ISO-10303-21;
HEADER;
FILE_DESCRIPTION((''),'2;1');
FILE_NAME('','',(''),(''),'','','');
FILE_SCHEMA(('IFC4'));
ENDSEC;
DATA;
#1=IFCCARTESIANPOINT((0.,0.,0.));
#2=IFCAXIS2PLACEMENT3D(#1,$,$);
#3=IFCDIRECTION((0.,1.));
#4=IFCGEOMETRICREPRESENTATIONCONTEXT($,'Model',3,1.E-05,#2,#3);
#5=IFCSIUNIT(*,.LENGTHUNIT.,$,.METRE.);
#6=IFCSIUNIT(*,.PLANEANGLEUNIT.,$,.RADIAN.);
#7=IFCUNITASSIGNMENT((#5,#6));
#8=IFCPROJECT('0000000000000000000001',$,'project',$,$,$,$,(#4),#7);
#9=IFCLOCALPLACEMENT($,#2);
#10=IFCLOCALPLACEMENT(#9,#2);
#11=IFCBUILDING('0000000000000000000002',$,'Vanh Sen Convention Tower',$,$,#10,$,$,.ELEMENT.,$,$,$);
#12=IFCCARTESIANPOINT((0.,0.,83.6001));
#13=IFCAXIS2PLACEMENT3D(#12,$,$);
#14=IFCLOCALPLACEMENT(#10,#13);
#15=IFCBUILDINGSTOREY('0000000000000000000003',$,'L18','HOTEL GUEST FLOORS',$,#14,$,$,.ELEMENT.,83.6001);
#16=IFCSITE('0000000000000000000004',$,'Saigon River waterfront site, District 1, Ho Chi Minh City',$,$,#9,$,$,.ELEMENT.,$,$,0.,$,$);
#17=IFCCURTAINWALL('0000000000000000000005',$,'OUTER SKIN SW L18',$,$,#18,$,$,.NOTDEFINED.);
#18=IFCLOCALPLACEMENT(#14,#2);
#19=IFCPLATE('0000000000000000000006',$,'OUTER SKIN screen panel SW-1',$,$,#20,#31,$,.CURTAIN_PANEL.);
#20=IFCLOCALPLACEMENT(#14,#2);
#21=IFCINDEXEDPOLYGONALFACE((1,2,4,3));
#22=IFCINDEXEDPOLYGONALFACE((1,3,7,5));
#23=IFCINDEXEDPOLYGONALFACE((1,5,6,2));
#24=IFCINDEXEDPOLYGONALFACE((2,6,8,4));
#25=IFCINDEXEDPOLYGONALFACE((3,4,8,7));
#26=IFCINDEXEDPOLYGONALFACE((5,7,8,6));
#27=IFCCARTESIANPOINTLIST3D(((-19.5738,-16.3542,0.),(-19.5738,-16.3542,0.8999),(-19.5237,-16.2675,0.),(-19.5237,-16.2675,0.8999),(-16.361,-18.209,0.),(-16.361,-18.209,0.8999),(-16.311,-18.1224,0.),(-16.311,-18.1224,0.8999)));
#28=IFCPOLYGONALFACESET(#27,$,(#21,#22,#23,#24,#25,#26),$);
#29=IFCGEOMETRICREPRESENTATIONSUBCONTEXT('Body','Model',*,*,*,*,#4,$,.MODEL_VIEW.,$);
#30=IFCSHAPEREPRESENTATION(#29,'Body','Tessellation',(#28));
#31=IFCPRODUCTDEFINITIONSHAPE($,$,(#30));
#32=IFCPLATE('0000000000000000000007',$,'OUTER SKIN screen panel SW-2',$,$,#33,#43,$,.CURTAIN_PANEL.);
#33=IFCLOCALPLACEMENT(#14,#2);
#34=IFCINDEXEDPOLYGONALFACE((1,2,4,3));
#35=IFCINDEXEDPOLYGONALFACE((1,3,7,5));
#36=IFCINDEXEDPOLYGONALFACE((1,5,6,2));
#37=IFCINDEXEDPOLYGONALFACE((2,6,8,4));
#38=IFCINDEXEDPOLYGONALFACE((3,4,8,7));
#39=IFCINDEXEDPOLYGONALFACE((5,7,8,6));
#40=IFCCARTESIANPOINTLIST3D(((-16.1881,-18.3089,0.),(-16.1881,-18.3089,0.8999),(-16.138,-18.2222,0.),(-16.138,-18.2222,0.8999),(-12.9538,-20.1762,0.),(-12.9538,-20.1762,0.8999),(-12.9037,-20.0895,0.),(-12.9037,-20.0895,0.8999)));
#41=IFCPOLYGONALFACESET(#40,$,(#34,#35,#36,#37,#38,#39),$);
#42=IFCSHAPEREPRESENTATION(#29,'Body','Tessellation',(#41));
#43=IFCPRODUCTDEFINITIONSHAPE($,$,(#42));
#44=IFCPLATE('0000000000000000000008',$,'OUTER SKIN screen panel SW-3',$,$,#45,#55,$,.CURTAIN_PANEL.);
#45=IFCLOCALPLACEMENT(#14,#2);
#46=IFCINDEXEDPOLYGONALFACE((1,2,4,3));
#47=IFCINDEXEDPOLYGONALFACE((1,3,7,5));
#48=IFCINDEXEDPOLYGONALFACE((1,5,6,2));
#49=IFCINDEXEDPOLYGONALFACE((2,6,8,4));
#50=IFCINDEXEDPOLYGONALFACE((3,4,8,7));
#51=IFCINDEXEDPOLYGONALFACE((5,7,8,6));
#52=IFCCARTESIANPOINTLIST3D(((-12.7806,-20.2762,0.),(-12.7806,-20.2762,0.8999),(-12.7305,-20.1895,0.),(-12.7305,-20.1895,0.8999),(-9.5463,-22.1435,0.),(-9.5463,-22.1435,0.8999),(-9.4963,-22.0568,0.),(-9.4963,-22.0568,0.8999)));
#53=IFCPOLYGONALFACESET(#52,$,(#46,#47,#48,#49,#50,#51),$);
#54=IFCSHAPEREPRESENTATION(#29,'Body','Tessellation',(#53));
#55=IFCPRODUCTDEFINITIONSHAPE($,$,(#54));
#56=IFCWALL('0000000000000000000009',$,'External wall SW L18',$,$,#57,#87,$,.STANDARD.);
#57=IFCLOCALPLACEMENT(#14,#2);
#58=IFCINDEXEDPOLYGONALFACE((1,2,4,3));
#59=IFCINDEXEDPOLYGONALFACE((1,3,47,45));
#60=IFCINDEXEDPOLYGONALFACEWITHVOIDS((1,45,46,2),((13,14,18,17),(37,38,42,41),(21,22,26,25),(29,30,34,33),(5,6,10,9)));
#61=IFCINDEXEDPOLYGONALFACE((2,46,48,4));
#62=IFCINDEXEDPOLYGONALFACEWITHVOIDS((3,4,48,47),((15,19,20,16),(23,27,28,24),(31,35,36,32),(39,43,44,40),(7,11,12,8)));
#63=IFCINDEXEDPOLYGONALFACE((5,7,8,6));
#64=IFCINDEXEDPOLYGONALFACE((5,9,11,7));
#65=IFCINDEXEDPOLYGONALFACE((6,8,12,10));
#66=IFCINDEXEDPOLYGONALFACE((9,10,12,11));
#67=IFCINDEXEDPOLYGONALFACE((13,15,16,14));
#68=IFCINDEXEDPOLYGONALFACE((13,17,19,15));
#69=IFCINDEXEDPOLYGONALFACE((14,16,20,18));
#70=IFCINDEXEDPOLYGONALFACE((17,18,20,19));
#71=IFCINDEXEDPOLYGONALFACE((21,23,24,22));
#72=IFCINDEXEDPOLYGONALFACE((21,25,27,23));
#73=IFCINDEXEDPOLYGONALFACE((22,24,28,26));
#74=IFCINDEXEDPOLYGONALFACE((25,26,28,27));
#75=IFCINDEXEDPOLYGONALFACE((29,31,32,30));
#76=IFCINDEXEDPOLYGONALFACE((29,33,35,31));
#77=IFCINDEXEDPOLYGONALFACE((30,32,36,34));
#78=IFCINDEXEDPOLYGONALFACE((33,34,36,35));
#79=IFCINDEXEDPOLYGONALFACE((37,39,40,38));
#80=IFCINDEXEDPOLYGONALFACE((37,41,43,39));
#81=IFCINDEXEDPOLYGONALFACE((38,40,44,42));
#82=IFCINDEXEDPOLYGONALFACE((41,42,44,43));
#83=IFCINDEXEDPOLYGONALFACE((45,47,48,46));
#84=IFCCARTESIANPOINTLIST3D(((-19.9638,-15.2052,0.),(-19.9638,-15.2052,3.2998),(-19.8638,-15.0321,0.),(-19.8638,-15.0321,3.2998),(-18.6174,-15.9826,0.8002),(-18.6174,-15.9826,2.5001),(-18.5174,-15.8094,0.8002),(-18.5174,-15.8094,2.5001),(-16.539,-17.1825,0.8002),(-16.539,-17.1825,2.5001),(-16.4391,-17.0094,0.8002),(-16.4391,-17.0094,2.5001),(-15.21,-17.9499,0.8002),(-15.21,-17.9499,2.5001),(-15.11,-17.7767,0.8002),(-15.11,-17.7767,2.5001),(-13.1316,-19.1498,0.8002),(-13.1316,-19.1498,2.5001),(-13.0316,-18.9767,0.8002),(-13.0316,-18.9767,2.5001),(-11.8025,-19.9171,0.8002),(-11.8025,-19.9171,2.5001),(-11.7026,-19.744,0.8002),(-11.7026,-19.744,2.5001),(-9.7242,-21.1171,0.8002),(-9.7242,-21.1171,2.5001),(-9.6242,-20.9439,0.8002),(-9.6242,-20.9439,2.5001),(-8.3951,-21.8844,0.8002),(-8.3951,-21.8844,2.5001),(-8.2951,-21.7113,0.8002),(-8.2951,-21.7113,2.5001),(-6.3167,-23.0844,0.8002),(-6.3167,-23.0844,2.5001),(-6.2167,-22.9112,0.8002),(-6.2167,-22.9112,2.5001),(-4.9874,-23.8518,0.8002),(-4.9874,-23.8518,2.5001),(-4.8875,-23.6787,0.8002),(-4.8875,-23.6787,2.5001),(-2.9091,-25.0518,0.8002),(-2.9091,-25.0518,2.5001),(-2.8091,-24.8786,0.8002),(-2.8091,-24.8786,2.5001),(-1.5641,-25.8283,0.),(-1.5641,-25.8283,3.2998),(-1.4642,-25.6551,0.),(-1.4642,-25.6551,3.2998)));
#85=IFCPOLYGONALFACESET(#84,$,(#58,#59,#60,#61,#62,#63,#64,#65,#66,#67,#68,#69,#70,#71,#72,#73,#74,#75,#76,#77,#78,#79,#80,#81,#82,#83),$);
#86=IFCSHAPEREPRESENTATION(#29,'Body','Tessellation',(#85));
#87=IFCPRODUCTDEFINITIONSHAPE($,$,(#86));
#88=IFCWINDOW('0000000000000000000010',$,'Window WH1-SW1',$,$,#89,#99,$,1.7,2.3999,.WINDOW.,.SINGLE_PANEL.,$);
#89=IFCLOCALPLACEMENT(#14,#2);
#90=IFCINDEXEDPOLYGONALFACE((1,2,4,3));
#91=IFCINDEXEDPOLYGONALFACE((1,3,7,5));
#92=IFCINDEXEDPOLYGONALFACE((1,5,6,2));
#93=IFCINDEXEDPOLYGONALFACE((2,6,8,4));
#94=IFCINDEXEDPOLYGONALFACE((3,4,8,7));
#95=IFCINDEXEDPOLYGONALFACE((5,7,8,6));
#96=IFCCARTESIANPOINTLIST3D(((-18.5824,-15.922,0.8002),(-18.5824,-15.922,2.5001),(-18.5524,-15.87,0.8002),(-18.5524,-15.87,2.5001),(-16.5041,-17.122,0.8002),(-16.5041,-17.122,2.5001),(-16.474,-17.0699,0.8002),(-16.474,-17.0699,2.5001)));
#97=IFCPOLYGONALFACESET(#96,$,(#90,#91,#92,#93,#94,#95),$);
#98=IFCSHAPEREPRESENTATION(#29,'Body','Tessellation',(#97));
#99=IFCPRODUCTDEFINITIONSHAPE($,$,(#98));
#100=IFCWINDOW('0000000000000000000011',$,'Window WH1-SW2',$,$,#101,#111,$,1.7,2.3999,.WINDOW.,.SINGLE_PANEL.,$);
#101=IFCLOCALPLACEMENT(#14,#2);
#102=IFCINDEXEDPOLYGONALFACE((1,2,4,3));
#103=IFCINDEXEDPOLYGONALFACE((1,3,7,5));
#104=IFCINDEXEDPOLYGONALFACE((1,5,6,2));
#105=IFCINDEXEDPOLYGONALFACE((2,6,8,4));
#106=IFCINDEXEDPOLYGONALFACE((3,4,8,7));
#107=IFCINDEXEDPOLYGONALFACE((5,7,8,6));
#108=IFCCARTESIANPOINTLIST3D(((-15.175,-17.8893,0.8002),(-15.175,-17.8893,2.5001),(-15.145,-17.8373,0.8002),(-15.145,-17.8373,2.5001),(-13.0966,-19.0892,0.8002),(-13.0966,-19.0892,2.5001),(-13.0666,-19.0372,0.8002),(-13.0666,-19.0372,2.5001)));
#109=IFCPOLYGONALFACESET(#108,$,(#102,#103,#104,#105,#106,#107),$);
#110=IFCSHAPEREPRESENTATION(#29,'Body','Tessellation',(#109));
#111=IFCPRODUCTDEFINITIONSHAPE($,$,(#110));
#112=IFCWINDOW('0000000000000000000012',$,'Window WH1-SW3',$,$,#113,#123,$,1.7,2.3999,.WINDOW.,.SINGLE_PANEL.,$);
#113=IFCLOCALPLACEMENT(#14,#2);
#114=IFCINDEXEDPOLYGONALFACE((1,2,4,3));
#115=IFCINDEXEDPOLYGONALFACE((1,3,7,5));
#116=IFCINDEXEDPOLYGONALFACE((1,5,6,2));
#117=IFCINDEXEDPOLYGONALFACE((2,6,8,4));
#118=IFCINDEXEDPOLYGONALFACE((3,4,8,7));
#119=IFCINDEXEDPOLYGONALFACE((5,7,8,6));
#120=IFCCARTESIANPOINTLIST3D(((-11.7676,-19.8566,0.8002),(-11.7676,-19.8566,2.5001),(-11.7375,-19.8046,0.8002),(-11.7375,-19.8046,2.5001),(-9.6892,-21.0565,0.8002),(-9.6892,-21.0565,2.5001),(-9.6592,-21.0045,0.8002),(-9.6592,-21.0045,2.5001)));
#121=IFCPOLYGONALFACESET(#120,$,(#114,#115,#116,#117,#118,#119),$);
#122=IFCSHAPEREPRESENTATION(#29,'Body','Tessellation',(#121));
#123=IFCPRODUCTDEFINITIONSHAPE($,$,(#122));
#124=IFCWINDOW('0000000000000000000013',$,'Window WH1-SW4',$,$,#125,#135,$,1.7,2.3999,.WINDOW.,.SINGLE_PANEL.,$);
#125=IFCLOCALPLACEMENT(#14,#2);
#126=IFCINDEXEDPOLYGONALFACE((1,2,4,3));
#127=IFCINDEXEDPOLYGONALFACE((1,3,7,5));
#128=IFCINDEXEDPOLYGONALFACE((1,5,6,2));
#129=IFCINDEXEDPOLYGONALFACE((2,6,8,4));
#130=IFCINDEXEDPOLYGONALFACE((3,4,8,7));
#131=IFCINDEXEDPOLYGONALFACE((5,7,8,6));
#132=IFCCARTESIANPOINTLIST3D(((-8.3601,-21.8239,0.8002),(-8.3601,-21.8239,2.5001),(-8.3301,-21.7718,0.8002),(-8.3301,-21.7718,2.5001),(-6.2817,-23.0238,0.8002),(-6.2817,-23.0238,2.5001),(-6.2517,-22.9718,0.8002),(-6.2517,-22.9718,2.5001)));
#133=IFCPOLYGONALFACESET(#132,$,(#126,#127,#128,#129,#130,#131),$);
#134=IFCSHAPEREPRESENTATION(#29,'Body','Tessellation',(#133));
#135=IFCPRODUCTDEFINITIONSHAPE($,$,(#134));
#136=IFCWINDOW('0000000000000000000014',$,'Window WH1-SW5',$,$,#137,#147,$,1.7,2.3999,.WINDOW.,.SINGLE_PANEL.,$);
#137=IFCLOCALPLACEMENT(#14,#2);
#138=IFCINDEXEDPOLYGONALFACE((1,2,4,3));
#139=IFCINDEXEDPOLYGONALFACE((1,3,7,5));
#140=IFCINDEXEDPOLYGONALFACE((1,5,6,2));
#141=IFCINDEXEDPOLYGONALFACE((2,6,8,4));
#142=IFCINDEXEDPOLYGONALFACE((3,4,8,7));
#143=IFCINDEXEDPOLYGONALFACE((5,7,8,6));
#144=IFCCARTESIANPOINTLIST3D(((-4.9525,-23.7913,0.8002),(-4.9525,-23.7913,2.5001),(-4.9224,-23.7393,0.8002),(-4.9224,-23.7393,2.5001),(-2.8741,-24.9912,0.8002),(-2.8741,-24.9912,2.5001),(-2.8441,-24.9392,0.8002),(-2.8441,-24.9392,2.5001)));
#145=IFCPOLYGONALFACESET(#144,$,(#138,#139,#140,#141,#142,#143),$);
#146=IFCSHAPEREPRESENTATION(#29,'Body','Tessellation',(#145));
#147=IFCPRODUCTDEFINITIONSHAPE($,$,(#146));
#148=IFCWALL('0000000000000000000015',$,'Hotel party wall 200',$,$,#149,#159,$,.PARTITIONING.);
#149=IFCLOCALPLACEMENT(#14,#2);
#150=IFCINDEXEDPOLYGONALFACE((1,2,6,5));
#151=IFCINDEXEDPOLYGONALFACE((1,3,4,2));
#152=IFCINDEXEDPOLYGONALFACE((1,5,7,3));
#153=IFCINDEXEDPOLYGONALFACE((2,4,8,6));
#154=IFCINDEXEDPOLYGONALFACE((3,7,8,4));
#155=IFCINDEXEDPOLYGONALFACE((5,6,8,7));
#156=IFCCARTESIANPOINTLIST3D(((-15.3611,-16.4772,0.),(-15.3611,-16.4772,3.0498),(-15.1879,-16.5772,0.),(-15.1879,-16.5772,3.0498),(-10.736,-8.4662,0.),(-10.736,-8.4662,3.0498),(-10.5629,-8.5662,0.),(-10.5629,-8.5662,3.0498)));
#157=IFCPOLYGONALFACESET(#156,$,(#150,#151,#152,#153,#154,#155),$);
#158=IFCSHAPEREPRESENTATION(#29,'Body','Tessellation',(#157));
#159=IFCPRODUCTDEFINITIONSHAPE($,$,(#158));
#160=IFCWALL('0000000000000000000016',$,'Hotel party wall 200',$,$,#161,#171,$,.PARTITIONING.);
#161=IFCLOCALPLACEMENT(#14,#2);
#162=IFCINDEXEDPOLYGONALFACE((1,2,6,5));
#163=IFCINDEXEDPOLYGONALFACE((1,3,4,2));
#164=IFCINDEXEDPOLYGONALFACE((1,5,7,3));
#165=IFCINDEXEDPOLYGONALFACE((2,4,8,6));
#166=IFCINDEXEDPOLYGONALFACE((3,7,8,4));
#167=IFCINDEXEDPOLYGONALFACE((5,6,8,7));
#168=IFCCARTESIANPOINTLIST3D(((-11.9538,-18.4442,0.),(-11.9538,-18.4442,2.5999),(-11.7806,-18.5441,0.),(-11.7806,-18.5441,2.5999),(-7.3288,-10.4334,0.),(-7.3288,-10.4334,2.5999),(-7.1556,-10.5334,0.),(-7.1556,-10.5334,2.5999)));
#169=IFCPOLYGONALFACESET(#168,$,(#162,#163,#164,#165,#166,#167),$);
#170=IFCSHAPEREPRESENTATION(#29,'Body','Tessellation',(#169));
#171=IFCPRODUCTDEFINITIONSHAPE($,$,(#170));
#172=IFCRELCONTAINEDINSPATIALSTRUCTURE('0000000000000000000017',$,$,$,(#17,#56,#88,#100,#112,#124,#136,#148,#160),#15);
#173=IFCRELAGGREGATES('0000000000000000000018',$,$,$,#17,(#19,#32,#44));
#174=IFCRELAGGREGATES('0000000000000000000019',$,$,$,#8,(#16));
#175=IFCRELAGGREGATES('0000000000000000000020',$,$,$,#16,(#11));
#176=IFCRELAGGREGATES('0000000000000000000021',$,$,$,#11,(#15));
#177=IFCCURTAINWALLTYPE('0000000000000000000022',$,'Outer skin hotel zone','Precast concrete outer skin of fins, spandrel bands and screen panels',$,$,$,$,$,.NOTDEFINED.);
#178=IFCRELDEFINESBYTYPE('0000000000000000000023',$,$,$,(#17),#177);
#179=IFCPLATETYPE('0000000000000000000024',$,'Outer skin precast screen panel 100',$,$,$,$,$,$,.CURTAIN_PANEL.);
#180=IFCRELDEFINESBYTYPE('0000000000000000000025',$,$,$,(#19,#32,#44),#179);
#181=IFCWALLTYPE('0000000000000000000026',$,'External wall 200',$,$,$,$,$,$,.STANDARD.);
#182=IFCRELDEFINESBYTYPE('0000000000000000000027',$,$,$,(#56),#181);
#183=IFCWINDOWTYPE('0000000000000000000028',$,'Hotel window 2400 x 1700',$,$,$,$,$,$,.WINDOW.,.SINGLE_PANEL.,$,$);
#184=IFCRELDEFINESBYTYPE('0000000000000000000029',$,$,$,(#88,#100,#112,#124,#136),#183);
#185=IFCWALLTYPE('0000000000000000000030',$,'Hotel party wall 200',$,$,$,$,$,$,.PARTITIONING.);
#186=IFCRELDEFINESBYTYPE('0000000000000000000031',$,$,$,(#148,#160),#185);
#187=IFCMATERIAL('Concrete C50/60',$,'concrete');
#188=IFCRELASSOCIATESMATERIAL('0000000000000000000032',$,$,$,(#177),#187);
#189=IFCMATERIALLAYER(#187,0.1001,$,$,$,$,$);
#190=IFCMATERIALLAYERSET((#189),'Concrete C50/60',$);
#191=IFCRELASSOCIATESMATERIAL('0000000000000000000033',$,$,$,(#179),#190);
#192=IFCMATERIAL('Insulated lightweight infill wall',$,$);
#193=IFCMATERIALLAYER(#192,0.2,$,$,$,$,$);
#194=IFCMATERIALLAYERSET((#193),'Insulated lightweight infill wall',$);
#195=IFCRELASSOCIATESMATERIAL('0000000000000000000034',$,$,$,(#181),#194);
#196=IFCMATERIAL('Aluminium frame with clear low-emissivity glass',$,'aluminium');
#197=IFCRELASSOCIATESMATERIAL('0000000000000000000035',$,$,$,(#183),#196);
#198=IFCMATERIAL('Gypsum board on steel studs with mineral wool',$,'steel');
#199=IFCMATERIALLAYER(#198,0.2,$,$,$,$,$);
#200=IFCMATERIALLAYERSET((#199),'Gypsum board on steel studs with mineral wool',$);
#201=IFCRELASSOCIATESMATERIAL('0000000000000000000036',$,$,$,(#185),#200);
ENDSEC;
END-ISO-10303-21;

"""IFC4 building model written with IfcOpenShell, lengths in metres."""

from ifc_helpers import new_model, si_unit, direction, frame, frame_2d, origin, origin_2d, place, context, subcontext, project, spatial, rectangle, extrude, material, layer, layer_set, type_object, element, fill, aggregate, save


model = new_model("IFC4")

# Units and contexts
model_context = context("Model", 3, precision=1e-05, world=origin(), true_north=direction((0.0, 1.0)))
body_context = subcontext(model_context, "Body", "Model", "MODEL_VIEW")
ifc_project = project(units=[si_unit("LENGTHUNIT", "METRE"), si_unit("PLANEANGLEUNIT", "RADIAN")], contexts=[model_context])

# Site, building, storey
site_placement = place(None, origin())
site = spatial("IfcSite", under=ifc_project, at=site_placement, Name="Saigon River waterfront site, District 1, Ho Chi Minh City", CompositionType="ELEMENT", RefElevation=0.0)
building_placement = place(site_placement, origin())
building = spatial("IfcBuilding", under=site, at=building_placement, Name="Vanh Sen Convention Tower", CompositionType="ELEMENT")
storey_placement = place(building_placement, frame((0.0, 0.0, 83.6001)))
storey = spatial("IfcBuildingStorey", under=building, at=storey_placement, Name="L18", Description="HOTEL GUEST FLOORS", CompositionType="ELEMENT", Elevation=83.6001)

# Curtain wall
ifc_material_1 = material(Name="Concrete C50/60", Category="concrete")
curtain_wall_type = type_object("IfcCurtainWallType", Name="Outer skin hotel zone", Description="Precast concrete outer skin of fins, spandrel bands and screen panels", PredefinedType="NOTDEFINED", material=ifc_material_1)
curtain_wall_1_placement = place(storey_placement, origin())
curtain_wall_1 = element("IfcCurtainWall", 1, at=curtain_wall_1_placement, inside=storey, type_object=curtain_wall_type, Name="OUTER SKIN SW L18", PredefinedType="NOTDEFINED")

# Shared definitions
ifc_layer_1 = layer(ifc_material_1, 0.1001)
ifc_layer_set_1 = layer_set([ifc_layer_1], Name="Concrete C50/60")
plate_type = type_object("IfcPlateType", Name="Outer skin precast screen panel 100", PredefinedType="CURTAIN_PANEL", material=ifc_layer_set_1)

# Plates
plate_1_placement = place(storey_placement, frame((-17.9424, -17.2383, 0.0), z_axis=(0.0, 0.0, 1.0), x_axis=(0.866028, -0.499995, 0.0)))
plate_1 = element("IfcPlate", 2, at=plate_1_placement, type_object=plate_type, Name="OUTER SKIN screen panel SW-1", PredefinedType="CURTAIN_PANEL", context=body_context, shape_type="SweptSolid", body=[
    extrude(rectangle(XDim=3.7097, YDim=0.1001, at=origin_2d()), origin(), (0.0, 0.0, 1.0), 0.8999),
])
plate_2_placement = place(storey_placement, frame((-14.5459, -19.1992, 0.0), z_axis=(0.0, 0.0, 1.0), x_axis=(0.866032, -0.499988, 0.0)))
plate_2 = element("IfcPlate", 3, at=plate_2_placement, type_object=plate_type, Name="OUTER SKIN screen panel SW-2", PredefinedType="CURTAIN_PANEL", context=body_context, shape_type="SweptSolid", body=[
    extrude(rectangle(XDim=3.7346, YDim=0.1001, at=origin_2d()), origin(), (0.0, 0.0, 1.0), 0.8999),
])
plate_3_placement = place(storey_placement, frame((-11.1384, -21.1665, 0.0), z_axis=(0.0, 0.0, 1.0), x_axis=(0.866028, -0.499995, 0.0)))
plate_3 = element("IfcPlate", 4, at=plate_3_placement, type_object=plate_type, Name="OUTER SKIN screen panel SW-3", PredefinedType="CURTAIN_PANEL", context=body_context, shape_type="SweptSolid", body=[
    extrude(rectangle(XDim=3.7346, YDim=0.1001, at=origin_2d()), origin(), (0.0, 0.0, 1.0), 0.8999),
])
aggregate(curtain_wall_1, [plate_1, plate_2, plate_3])

# Wall, openings, windows
ifc_material_2 = material(Name="Insulated lightweight infill wall")
ifc_layer_2 = layer(ifc_material_2, 0.2)
ifc_layer_set_2 = layer_set([ifc_layer_2], Name="Insulated lightweight infill wall")
wall_type_1 = type_object("IfcWallType", Name="External wall 200", PredefinedType="STANDARD", material=ifc_layer_set_2)
wall_1_placement = place(storey_placement, frame((-19.9138, -15.1187, 0.0), z_axis=(0.0, 0.0, 1.0), x_axis=(0.866025, -0.5, 0.0)))
wall_1 = element("IfcWall", 5, at=wall_1_placement, inside=storey, type_object=wall_type_1, Name="External wall SW L18", PredefinedType="STANDARD", context=body_context, shape_type="SweptSolid", body=[
    extrude(rectangle(XDim=21.2461, YDim=0.2, at=frame_2d((10.623, 0.0))), origin(), (0.0, 0.0, 1.0), 3.2998),
])
opening_1_placement = place(wall_1_placement, frame((1.5547, 0.0, 0.8)))
opening_1 = element("IfcOpeningElement", 6, at=opening_1_placement, cuts=wall_1, PredefinedType="OPENING", context=body_context, shape_type="SweptSolid", body=[
    extrude(rectangle(XDim=2.3999, YDim=1.7, at=frame_2d((1.2, 0.8501))), frame((0.0, 0.1099, 0.0), z_axis=(0.0, -1.0, 0.0), x_axis=(1.0, 0.0, 0.0)), (0.0, 0.0, 1.0), 0.22),
])
opening_2_placement = place(wall_1_placement, frame((5.4893, 0.0, 0.8)))
opening_2 = element("IfcOpeningElement", 7, at=opening_2_placement, cuts=wall_1, PredefinedType="OPENING", context=body_context, shape_type="SweptSolid", body=[
    extrude(rectangle(XDim=2.3999, YDim=1.7, at=frame_2d((1.2, 0.8501))), frame((0.0, 0.1099, 0.0), z_axis=(0.0, -1.0, 0.0), x_axis=(1.0, 0.0, 0.0)), (0.0, 0.0, 1.0), 0.22),
])
opening_3_placement = place(wall_1_placement, frame((9.4238, 0.0, 0.8)))
opening_3 = element("IfcOpeningElement", 8, at=opening_3_placement, cuts=wall_1, PredefinedType="OPENING", context=body_context, shape_type="SweptSolid", body=[
    extrude(rectangle(XDim=2.3999, YDim=1.7, at=frame_2d((1.2, 0.8501))), frame((0.0, 0.1099, 0.0), z_axis=(0.0, -1.0, 0.0), x_axis=(1.0, 0.0, 0.0)), (0.0, 0.0, 1.0), 0.22),
])
opening_4_placement = place(wall_1_placement, frame((13.3584, 0.0, 0.8)))
opening_4 = element("IfcOpeningElement", 9, at=opening_4_placement, cuts=wall_1, PredefinedType="OPENING", context=body_context, shape_type="SweptSolid", body=[
    extrude(rectangle(XDim=2.3999, YDim=1.7, at=frame_2d((1.2, 0.8501))), frame((0.0, 0.1099, 0.0), z_axis=(0.0, -1.0, 0.0), x_axis=(1.0, 0.0, 0.0)), (0.0, 0.0, 1.0), 0.22),
])
opening_5_placement = place(wall_1_placement, frame((17.2932, 0.0, 0.8)))
opening_5 = element("IfcOpeningElement", 10, at=opening_5_placement, cuts=wall_1, PredefinedType="OPENING", context=body_context, shape_type="SweptSolid", body=[
    extrude(rectangle(XDim=2.3999, YDim=1.7, at=frame_2d((1.2, 0.8501))), frame((0.0, 0.1099, 0.0), z_axis=(0.0, -1.0, 0.0), x_axis=(1.0, 0.0, 0.0)), (0.0, 0.0, 1.0), 0.22),
])
ifc_material_3 = material(Name="Aluminium frame with clear low-emissivity glass", Category="aluminium")
window_type = type_object("IfcWindowType", Name="Hotel window 2400 x 1700", PartitioningType="SINGLE_PANEL", PredefinedType="WINDOW", material=ifc_material_3)
window_1_placement = place(opening_1_placement, origin())
window_1 = element("IfcWindow", 11, at=window_1_placement, inside=storey, type_object=window_type, Name="Window WH1-SW1", OverallHeight=1.7, OverallWidth=2.3999, PartitioningType="SINGLE_PANEL", PredefinedType="WINDOW", context=body_context, shape_type="SweptSolid", body=[
    extrude(rectangle(XDim=2.3999, YDim=1.7, at=frame_2d((1.2, 0.8501))), frame((0.0, 0.03, 0.0), z_axis=(0.0, -1.0, 0.0), x_axis=(1.0, 0.0, 0.0)), (0.0, 0.0, 1.0), 0.0601),
])
fill(opening_1, window_1)
window_2_placement = place(opening_2_placement, origin())
window_2 = element("IfcWindow", 12, at=window_2_placement, inside=storey, type_object=window_type, Name="Window WH1-SW2", OverallHeight=1.7, OverallWidth=2.3999, PartitioningType="SINGLE_PANEL", PredefinedType="WINDOW", context=body_context, shape_type="SweptSolid", body=[
    extrude(rectangle(XDim=2.3999, YDim=1.7, at=frame_2d((1.2, 0.8501))), frame((0.0, 0.03, 0.0), z_axis=(0.0, -1.0, 0.0), x_axis=(1.0, 0.0, 0.0)), (0.0, 0.0, 1.0), 0.0601),
])
fill(opening_2, window_2)
window_3_placement = place(opening_3_placement, origin())
window_3 = element("IfcWindow", 13, at=window_3_placement, inside=storey, type_object=window_type, Name="Window WH1-SW3", OverallHeight=1.7, OverallWidth=2.3999, PartitioningType="SINGLE_PANEL", PredefinedType="WINDOW", context=body_context, shape_type="SweptSolid", body=[
    extrude(rectangle(XDim=2.3999, YDim=1.7, at=frame_2d((1.2, 0.8501))), frame((0.0, 0.03, 0.0), z_axis=(0.0, -1.0, 0.0), x_axis=(1.0, 0.0, 0.0)), (0.0, 0.0, 1.0), 0.0601),
])
fill(opening_3, window_3)
window_4_placement = place(opening_4_placement, origin())
window_4 = element("IfcWindow", 14, at=window_4_placement, inside=storey, type_object=window_type, Name="Window WH1-SW4", OverallHeight=1.7, OverallWidth=2.3999, PartitioningType="SINGLE_PANEL", PredefinedType="WINDOW", context=body_context, shape_type="SweptSolid", body=[
    extrude(rectangle(XDim=2.3999, YDim=1.7, at=frame_2d((1.2, 0.8501))), frame((0.0, 0.03, 0.0), z_axis=(0.0, -1.0, 0.0), x_axis=(1.0, 0.0, 0.0)), (0.0, 0.0, 1.0), 0.0601),
])
fill(opening_4, window_4)
window_5_placement = place(opening_5_placement, origin())
window_5 = element("IfcWindow", 15, at=window_5_placement, inside=storey, type_object=window_type, Name="Window WH1-SW5", OverallHeight=1.7, OverallWidth=2.3999, PartitioningType="SINGLE_PANEL", PredefinedType="WINDOW", context=body_context, shape_type="SweptSolid", body=[
    extrude(rectangle(XDim=2.3999, YDim=1.7, at=frame_2d((1.2, 0.8501))), frame((0.0, 0.03, 0.0), z_axis=(0.0, -1.0, 0.0), x_axis=(1.0, 0.0, 0.0)), (0.0, 0.0, 1.0), 0.0601),
])
fill(opening_5, window_5)

# Walls
ifc_material_4 = material(Name="Gypsum board on steel studs with mineral wool", Category="steel")
ifc_layer_3 = layer(ifc_material_4, 0.2)
ifc_layer_set_3 = layer_set([ifc_layer_3], Name="Gypsum board on steel studs with mineral wool")
wall_type_2 = type_object("IfcWallType", Name="Hotel party wall 200", PredefinedType="PARTITIONING", material=ifc_layer_set_3)
wall_2_placement = place(storey_placement, frame((-15.2744, -16.5271, 0.0), z_axis=(0.0, 0.0, 1.0), x_axis=(0.499988, 0.866032, 0.0)))
element("IfcWall", 16, at=wall_2_placement, inside=storey, type_object=wall_type_2, Name="Hotel party wall 200", PredefinedType="PARTITIONING", context=body_context, shape_type="SweptSolid", body=[
    extrude(rectangle(XDim=9.2502, YDim=0.2, at=frame_2d((4.625, 0.0))), origin(), (0.0, 0.0, 1.0), 3.0498),
])
wall_3_placement = place(storey_placement, frame((-11.8672, -18.4941, 0.0), z_axis=(0.0, 0.0, 1.0), x_axis=(0.5, 0.866026, 0.0)))
element("IfcWall", 17, at=wall_3_placement, inside=storey, type_object=wall_type_2, Name="Hotel party wall 200", PredefinedType="PARTITIONING", context=body_context, shape_type="SweptSolid", body=[
    extrude(rectangle(XDim=9.25, YDim=0.2, at=frame_2d((4.625, 0.0))), origin(), (0.0, 0.0, 1.0), 2.5999),
])

save(model, "model.ifc")
